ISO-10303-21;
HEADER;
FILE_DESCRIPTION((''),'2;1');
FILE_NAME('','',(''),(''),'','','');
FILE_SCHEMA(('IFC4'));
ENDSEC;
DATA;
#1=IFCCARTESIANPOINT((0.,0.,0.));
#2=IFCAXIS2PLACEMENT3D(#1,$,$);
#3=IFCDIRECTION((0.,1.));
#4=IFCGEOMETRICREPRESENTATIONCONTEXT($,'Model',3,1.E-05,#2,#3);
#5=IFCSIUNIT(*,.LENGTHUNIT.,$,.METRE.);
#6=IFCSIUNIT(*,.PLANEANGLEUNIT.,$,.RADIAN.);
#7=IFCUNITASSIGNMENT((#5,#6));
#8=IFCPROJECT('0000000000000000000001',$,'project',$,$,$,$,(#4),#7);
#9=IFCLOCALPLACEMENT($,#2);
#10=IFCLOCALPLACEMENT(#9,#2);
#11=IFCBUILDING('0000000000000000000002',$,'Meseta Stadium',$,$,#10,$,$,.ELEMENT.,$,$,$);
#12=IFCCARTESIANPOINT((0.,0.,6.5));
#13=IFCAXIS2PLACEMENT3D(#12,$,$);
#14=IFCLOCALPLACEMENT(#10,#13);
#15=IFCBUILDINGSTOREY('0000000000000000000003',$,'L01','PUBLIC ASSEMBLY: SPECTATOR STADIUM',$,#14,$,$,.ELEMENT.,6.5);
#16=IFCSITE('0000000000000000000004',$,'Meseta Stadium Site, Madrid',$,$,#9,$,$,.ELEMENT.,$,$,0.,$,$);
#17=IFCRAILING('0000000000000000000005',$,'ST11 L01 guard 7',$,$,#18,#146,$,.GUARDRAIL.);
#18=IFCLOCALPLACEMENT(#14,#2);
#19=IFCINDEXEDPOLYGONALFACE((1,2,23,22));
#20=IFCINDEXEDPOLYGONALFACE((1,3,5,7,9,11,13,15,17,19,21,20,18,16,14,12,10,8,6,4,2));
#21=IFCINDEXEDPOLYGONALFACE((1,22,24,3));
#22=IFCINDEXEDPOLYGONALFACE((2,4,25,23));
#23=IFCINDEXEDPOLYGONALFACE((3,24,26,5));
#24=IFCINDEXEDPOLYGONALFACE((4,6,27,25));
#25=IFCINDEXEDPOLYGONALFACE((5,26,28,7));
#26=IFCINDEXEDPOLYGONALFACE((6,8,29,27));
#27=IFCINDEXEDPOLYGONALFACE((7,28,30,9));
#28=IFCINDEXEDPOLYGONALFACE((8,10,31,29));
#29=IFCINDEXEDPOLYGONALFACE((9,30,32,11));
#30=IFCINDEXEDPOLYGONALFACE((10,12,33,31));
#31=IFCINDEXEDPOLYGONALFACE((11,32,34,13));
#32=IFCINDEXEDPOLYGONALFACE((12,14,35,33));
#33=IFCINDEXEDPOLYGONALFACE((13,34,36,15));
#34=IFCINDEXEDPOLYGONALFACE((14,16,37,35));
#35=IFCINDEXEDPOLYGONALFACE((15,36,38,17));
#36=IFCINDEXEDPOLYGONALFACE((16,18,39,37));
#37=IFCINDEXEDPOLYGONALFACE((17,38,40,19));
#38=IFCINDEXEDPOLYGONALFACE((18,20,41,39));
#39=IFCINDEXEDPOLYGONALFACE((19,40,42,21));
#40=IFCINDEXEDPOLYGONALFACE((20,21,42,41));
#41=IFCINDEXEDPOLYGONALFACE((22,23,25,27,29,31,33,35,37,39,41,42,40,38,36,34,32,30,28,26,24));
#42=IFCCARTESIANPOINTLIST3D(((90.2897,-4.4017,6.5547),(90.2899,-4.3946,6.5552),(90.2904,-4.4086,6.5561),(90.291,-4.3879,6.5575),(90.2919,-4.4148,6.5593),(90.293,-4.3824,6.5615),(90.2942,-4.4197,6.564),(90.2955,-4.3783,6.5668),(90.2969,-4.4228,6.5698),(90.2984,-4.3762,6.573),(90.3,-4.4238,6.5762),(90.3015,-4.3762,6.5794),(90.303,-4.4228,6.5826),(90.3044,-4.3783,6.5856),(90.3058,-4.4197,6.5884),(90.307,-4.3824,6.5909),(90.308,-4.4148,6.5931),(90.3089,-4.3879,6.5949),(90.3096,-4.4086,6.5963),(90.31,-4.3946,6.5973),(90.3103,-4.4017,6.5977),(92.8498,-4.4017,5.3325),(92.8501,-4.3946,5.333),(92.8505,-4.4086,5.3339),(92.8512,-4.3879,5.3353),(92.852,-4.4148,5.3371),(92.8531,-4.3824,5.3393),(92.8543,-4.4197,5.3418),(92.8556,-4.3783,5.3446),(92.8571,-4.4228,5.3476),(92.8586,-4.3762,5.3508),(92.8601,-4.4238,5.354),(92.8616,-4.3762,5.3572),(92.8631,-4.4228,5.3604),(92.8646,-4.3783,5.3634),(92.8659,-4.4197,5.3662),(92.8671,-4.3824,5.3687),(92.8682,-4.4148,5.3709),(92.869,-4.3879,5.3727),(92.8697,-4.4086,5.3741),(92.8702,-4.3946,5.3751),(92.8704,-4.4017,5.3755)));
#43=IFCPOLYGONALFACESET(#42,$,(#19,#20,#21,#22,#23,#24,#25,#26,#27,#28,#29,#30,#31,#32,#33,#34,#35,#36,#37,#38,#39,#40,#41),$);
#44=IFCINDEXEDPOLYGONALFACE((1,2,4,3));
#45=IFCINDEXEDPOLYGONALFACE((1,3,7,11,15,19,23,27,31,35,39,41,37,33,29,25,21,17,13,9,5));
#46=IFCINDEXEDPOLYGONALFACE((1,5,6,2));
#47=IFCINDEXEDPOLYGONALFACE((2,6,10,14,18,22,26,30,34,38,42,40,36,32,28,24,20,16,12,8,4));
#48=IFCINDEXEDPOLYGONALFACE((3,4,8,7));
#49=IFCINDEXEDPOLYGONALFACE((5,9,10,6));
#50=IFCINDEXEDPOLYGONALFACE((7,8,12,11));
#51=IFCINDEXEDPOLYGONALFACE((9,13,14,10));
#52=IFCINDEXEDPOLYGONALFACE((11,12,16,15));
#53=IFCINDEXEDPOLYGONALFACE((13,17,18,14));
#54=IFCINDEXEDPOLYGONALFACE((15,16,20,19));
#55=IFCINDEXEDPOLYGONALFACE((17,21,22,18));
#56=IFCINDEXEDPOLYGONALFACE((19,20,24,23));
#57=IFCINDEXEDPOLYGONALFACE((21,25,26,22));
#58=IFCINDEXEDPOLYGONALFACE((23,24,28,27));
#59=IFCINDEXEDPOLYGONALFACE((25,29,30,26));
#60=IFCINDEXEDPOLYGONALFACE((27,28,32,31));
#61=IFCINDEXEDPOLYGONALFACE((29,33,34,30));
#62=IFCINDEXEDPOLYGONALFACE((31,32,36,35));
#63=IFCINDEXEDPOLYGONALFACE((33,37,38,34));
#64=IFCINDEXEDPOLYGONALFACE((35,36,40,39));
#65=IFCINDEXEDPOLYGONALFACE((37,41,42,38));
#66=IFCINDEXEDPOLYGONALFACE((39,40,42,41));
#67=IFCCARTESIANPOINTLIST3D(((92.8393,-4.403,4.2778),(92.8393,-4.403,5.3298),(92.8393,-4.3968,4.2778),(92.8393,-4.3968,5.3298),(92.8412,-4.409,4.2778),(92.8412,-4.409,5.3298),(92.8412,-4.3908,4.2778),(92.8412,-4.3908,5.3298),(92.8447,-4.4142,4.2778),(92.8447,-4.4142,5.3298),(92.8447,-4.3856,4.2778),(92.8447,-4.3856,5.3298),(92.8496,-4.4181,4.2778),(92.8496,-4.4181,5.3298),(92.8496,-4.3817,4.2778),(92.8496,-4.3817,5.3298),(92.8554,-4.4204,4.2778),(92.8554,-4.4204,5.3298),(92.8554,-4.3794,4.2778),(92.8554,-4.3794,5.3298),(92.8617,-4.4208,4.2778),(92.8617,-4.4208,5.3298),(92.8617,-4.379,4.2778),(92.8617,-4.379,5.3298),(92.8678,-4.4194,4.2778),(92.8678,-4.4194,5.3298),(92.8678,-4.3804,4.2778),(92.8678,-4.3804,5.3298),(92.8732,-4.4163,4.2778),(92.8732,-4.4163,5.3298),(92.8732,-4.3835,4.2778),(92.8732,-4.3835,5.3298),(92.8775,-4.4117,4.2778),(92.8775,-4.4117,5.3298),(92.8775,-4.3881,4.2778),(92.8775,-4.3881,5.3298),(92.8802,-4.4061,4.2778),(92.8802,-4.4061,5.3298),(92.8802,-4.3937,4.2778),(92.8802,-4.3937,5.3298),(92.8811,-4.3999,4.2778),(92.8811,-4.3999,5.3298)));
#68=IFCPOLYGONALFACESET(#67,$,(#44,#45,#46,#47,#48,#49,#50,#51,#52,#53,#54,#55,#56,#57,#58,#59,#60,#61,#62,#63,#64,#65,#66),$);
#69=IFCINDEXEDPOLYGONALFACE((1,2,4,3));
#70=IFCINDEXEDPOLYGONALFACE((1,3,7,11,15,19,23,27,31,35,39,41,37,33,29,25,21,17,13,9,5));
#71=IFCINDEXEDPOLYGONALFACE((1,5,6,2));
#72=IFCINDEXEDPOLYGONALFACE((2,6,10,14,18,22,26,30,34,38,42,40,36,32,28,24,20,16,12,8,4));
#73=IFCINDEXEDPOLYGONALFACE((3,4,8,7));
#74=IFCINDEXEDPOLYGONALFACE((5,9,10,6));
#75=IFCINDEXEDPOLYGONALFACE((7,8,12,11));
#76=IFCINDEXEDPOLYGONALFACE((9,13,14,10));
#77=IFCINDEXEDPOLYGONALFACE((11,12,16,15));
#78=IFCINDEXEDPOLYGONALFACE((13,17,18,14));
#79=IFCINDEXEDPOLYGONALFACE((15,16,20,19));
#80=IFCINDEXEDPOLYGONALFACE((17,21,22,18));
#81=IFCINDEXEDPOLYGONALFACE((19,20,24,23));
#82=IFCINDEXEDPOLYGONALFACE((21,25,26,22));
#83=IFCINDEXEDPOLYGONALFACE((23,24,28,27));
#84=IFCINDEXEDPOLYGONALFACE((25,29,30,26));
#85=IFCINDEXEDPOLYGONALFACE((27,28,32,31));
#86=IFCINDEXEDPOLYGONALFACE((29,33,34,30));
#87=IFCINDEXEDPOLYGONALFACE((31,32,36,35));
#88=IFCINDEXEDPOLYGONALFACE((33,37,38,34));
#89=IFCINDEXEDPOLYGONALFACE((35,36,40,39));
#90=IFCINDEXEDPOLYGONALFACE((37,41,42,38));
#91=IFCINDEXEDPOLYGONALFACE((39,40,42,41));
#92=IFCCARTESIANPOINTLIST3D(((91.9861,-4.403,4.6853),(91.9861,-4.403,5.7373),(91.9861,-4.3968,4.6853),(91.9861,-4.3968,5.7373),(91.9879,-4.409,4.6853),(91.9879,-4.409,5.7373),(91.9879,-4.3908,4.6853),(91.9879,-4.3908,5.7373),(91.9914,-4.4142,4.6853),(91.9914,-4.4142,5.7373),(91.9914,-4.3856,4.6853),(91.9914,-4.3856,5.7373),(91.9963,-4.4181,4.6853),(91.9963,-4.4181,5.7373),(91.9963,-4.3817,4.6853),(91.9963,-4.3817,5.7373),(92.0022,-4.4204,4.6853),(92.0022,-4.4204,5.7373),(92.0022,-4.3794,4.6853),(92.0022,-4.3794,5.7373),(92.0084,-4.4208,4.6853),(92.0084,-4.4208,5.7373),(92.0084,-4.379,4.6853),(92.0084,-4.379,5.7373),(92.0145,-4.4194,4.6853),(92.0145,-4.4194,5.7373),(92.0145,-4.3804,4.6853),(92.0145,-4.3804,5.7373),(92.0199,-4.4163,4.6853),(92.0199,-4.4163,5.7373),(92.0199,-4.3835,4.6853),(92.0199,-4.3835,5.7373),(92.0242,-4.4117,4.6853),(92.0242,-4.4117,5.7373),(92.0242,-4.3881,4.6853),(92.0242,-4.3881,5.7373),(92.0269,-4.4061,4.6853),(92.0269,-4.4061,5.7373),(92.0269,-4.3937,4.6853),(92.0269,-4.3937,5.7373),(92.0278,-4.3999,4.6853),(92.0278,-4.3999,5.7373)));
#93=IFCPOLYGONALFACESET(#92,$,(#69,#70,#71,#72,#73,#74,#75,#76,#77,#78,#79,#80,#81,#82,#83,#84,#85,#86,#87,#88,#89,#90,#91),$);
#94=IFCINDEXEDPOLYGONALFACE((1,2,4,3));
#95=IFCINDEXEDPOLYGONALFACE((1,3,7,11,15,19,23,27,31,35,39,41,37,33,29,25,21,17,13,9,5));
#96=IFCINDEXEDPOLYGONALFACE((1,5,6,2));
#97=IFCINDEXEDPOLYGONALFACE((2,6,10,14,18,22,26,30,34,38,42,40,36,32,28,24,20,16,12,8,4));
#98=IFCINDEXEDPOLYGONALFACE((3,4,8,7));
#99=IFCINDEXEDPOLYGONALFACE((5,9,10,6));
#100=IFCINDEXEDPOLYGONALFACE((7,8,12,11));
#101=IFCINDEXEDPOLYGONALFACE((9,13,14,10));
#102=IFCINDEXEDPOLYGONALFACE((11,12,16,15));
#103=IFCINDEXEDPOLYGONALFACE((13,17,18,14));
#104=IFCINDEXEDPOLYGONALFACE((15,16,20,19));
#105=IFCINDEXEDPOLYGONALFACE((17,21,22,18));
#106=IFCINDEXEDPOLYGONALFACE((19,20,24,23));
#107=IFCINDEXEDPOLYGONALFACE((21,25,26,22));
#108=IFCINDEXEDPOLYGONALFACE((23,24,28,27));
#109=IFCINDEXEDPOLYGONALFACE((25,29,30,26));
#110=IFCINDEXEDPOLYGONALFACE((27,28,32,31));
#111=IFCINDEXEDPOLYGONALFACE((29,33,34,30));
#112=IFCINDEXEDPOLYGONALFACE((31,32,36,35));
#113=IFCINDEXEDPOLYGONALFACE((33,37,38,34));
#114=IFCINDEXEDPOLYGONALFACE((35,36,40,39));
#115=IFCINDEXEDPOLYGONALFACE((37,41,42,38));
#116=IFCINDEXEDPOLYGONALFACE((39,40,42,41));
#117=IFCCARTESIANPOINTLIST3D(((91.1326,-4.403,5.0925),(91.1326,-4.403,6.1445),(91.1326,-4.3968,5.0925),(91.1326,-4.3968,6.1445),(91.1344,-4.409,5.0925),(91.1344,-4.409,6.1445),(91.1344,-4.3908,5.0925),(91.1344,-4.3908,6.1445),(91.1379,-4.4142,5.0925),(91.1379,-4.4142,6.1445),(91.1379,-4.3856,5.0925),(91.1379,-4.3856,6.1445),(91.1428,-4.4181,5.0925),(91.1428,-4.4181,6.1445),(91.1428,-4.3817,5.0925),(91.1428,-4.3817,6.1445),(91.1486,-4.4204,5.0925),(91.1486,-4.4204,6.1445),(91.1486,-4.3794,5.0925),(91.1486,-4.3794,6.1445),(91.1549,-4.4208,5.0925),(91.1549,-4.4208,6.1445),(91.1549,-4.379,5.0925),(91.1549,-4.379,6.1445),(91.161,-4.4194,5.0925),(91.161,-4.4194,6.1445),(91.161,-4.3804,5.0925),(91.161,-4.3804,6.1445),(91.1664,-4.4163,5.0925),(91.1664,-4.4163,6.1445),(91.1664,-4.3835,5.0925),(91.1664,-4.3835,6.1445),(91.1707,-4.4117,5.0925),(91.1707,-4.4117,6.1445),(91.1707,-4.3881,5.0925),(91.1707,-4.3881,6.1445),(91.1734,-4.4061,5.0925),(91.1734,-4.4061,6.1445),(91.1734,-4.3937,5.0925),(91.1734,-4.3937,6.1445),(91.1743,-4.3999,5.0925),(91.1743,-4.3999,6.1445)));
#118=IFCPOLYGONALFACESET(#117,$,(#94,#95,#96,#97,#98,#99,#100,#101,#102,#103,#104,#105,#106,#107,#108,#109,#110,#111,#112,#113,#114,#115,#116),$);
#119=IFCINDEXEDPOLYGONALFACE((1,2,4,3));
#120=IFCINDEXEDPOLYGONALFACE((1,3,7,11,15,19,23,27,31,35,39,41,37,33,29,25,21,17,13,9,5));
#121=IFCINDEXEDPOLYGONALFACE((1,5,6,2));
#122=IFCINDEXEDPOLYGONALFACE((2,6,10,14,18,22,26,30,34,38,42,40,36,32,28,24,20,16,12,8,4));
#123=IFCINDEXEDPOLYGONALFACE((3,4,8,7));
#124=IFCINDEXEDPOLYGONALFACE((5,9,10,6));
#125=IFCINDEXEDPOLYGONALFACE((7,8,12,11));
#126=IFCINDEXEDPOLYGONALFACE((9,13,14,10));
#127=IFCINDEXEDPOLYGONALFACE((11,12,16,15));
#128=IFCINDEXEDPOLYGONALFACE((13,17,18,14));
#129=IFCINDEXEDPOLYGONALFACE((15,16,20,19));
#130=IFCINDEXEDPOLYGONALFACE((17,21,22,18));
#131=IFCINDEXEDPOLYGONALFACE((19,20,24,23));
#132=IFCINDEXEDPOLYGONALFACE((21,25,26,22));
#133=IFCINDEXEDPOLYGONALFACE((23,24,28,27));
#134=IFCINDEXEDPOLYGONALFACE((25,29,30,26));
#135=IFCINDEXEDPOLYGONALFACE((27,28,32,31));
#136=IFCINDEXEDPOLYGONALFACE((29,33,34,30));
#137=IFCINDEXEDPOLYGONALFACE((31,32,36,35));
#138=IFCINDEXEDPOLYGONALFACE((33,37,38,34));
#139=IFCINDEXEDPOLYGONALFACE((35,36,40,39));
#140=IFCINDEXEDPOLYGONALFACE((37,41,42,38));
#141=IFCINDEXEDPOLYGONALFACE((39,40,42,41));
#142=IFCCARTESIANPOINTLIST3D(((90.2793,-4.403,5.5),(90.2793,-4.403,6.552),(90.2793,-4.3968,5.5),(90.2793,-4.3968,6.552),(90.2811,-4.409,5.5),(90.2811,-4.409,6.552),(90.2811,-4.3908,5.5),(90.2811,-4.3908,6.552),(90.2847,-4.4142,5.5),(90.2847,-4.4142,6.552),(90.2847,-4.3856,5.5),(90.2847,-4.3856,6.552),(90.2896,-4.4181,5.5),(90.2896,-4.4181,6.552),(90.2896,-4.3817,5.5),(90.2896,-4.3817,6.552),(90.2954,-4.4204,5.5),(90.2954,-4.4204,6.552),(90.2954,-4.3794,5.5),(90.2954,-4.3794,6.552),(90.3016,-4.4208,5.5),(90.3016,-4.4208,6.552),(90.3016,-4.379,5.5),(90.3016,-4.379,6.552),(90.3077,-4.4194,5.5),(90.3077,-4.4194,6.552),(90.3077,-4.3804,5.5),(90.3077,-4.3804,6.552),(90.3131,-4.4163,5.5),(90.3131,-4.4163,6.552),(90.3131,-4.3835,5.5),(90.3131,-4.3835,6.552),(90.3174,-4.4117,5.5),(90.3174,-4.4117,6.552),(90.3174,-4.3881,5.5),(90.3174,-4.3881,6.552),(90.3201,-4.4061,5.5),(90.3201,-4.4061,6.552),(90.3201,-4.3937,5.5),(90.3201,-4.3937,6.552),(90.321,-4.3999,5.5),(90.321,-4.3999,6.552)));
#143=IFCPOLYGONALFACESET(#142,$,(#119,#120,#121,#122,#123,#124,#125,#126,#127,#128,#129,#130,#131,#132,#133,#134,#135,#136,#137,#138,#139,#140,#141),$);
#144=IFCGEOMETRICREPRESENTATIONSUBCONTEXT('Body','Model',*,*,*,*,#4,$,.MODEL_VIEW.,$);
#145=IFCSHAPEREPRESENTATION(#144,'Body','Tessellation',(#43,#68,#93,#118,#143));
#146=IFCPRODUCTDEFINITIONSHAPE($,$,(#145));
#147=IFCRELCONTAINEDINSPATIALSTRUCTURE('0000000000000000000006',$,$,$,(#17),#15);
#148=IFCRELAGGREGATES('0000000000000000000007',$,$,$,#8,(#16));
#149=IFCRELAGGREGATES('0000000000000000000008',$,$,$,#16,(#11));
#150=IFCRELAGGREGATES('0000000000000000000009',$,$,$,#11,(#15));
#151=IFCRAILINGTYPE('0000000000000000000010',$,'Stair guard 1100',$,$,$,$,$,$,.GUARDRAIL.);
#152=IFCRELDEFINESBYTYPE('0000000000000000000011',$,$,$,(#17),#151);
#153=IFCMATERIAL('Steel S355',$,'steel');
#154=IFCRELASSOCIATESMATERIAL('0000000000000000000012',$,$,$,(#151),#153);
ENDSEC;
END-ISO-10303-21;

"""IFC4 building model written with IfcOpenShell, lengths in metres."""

from ifc_helpers import new_model, si_unit, direction, frame, origin, origin_2d, place, context, subcontext, project, spatial, circle, extrude, material, type_object, element, save


model = new_model("IFC4")

# Units and contexts
model_context = context("Model", 3, precision=1e-05, world=origin(), true_north=direction((0.0, 1.0)))
body_context = subcontext(model_context, "Body", "Model", "MODEL_VIEW")
ifc_project = project(units=[si_unit("LENGTHUNIT", "METRE"), si_unit("PLANEANGLEUNIT", "RADIAN")], contexts=[model_context])

# Site, building, storey
site_placement = place(None, origin())
site = spatial("IfcSite", under=ifc_project, at=site_placement, Name="Meseta Stadium Site, Madrid", CompositionType="ELEMENT", RefElevation=0.0)
building_placement = place(site_placement, origin())
building = spatial("IfcBuilding", under=site, at=building_placement, Name="Meseta Stadium", CompositionType="ELEMENT")
storey_placement = place(building_placement, frame((0.0, 0.0, 6.5)))
storey = spatial("IfcBuildingStorey", under=building, at=storey_placement, Name="L01", Description="PUBLIC ASSEMBLY: SPECTATOR STADIUM", CompositionType="ELEMENT", Elevation=6.5)

# Railing
ifc_material_1 = material(Name="Steel S355", Category="steel")
railing_type_1 = type_object("IfcRailingType", Name="Stair guard 1100", PredefinedType="GUARDRAIL", material=ifc_material_1)
railing_1_placement = place(storey_placement, frame((92.8601, -4.3999, 4.2778)))
element("IfcRailing", 1, at=railing_1_placement, inside=storey, type_object=railing_type_1, Name="ST11 L01 guard 7", PredefinedType="GUARDRAIL", context=body_context, shape_type="SweptSolid", body=[
    extrude(circle(Radius=0.0239, at=origin_2d()), frame((0.0, 0.0, 1.0762), z_axis=(-0.902437, 0.0, 0.430822), x_axis=(0.0, -1.0, 0.0)), (0.0, 0.0, 1.0), 2.8369),
    extrude(circle(Radius=0.021, at=origin_2d()), origin(), (0.0, 0.0, 1.0), 1.052),
    extrude(circle(Radius=0.021, at=origin_2d()), frame((-0.8533, 0.0, 0.4075)), (0.0, 0.0, 1.0), 1.052),
    extrude(circle(Radius=0.021, at=origin_2d()), frame((-1.7068, 0.0, 0.8147)), (0.0, 0.0, 1.0), 1.052),
    extrude(circle(Radius=0.021, at=origin_2d()), frame((-2.5601, 0.0, 1.2222)), (0.0, 0.0, 1.0), 1.052),
])

save(model, "model.ifc")
